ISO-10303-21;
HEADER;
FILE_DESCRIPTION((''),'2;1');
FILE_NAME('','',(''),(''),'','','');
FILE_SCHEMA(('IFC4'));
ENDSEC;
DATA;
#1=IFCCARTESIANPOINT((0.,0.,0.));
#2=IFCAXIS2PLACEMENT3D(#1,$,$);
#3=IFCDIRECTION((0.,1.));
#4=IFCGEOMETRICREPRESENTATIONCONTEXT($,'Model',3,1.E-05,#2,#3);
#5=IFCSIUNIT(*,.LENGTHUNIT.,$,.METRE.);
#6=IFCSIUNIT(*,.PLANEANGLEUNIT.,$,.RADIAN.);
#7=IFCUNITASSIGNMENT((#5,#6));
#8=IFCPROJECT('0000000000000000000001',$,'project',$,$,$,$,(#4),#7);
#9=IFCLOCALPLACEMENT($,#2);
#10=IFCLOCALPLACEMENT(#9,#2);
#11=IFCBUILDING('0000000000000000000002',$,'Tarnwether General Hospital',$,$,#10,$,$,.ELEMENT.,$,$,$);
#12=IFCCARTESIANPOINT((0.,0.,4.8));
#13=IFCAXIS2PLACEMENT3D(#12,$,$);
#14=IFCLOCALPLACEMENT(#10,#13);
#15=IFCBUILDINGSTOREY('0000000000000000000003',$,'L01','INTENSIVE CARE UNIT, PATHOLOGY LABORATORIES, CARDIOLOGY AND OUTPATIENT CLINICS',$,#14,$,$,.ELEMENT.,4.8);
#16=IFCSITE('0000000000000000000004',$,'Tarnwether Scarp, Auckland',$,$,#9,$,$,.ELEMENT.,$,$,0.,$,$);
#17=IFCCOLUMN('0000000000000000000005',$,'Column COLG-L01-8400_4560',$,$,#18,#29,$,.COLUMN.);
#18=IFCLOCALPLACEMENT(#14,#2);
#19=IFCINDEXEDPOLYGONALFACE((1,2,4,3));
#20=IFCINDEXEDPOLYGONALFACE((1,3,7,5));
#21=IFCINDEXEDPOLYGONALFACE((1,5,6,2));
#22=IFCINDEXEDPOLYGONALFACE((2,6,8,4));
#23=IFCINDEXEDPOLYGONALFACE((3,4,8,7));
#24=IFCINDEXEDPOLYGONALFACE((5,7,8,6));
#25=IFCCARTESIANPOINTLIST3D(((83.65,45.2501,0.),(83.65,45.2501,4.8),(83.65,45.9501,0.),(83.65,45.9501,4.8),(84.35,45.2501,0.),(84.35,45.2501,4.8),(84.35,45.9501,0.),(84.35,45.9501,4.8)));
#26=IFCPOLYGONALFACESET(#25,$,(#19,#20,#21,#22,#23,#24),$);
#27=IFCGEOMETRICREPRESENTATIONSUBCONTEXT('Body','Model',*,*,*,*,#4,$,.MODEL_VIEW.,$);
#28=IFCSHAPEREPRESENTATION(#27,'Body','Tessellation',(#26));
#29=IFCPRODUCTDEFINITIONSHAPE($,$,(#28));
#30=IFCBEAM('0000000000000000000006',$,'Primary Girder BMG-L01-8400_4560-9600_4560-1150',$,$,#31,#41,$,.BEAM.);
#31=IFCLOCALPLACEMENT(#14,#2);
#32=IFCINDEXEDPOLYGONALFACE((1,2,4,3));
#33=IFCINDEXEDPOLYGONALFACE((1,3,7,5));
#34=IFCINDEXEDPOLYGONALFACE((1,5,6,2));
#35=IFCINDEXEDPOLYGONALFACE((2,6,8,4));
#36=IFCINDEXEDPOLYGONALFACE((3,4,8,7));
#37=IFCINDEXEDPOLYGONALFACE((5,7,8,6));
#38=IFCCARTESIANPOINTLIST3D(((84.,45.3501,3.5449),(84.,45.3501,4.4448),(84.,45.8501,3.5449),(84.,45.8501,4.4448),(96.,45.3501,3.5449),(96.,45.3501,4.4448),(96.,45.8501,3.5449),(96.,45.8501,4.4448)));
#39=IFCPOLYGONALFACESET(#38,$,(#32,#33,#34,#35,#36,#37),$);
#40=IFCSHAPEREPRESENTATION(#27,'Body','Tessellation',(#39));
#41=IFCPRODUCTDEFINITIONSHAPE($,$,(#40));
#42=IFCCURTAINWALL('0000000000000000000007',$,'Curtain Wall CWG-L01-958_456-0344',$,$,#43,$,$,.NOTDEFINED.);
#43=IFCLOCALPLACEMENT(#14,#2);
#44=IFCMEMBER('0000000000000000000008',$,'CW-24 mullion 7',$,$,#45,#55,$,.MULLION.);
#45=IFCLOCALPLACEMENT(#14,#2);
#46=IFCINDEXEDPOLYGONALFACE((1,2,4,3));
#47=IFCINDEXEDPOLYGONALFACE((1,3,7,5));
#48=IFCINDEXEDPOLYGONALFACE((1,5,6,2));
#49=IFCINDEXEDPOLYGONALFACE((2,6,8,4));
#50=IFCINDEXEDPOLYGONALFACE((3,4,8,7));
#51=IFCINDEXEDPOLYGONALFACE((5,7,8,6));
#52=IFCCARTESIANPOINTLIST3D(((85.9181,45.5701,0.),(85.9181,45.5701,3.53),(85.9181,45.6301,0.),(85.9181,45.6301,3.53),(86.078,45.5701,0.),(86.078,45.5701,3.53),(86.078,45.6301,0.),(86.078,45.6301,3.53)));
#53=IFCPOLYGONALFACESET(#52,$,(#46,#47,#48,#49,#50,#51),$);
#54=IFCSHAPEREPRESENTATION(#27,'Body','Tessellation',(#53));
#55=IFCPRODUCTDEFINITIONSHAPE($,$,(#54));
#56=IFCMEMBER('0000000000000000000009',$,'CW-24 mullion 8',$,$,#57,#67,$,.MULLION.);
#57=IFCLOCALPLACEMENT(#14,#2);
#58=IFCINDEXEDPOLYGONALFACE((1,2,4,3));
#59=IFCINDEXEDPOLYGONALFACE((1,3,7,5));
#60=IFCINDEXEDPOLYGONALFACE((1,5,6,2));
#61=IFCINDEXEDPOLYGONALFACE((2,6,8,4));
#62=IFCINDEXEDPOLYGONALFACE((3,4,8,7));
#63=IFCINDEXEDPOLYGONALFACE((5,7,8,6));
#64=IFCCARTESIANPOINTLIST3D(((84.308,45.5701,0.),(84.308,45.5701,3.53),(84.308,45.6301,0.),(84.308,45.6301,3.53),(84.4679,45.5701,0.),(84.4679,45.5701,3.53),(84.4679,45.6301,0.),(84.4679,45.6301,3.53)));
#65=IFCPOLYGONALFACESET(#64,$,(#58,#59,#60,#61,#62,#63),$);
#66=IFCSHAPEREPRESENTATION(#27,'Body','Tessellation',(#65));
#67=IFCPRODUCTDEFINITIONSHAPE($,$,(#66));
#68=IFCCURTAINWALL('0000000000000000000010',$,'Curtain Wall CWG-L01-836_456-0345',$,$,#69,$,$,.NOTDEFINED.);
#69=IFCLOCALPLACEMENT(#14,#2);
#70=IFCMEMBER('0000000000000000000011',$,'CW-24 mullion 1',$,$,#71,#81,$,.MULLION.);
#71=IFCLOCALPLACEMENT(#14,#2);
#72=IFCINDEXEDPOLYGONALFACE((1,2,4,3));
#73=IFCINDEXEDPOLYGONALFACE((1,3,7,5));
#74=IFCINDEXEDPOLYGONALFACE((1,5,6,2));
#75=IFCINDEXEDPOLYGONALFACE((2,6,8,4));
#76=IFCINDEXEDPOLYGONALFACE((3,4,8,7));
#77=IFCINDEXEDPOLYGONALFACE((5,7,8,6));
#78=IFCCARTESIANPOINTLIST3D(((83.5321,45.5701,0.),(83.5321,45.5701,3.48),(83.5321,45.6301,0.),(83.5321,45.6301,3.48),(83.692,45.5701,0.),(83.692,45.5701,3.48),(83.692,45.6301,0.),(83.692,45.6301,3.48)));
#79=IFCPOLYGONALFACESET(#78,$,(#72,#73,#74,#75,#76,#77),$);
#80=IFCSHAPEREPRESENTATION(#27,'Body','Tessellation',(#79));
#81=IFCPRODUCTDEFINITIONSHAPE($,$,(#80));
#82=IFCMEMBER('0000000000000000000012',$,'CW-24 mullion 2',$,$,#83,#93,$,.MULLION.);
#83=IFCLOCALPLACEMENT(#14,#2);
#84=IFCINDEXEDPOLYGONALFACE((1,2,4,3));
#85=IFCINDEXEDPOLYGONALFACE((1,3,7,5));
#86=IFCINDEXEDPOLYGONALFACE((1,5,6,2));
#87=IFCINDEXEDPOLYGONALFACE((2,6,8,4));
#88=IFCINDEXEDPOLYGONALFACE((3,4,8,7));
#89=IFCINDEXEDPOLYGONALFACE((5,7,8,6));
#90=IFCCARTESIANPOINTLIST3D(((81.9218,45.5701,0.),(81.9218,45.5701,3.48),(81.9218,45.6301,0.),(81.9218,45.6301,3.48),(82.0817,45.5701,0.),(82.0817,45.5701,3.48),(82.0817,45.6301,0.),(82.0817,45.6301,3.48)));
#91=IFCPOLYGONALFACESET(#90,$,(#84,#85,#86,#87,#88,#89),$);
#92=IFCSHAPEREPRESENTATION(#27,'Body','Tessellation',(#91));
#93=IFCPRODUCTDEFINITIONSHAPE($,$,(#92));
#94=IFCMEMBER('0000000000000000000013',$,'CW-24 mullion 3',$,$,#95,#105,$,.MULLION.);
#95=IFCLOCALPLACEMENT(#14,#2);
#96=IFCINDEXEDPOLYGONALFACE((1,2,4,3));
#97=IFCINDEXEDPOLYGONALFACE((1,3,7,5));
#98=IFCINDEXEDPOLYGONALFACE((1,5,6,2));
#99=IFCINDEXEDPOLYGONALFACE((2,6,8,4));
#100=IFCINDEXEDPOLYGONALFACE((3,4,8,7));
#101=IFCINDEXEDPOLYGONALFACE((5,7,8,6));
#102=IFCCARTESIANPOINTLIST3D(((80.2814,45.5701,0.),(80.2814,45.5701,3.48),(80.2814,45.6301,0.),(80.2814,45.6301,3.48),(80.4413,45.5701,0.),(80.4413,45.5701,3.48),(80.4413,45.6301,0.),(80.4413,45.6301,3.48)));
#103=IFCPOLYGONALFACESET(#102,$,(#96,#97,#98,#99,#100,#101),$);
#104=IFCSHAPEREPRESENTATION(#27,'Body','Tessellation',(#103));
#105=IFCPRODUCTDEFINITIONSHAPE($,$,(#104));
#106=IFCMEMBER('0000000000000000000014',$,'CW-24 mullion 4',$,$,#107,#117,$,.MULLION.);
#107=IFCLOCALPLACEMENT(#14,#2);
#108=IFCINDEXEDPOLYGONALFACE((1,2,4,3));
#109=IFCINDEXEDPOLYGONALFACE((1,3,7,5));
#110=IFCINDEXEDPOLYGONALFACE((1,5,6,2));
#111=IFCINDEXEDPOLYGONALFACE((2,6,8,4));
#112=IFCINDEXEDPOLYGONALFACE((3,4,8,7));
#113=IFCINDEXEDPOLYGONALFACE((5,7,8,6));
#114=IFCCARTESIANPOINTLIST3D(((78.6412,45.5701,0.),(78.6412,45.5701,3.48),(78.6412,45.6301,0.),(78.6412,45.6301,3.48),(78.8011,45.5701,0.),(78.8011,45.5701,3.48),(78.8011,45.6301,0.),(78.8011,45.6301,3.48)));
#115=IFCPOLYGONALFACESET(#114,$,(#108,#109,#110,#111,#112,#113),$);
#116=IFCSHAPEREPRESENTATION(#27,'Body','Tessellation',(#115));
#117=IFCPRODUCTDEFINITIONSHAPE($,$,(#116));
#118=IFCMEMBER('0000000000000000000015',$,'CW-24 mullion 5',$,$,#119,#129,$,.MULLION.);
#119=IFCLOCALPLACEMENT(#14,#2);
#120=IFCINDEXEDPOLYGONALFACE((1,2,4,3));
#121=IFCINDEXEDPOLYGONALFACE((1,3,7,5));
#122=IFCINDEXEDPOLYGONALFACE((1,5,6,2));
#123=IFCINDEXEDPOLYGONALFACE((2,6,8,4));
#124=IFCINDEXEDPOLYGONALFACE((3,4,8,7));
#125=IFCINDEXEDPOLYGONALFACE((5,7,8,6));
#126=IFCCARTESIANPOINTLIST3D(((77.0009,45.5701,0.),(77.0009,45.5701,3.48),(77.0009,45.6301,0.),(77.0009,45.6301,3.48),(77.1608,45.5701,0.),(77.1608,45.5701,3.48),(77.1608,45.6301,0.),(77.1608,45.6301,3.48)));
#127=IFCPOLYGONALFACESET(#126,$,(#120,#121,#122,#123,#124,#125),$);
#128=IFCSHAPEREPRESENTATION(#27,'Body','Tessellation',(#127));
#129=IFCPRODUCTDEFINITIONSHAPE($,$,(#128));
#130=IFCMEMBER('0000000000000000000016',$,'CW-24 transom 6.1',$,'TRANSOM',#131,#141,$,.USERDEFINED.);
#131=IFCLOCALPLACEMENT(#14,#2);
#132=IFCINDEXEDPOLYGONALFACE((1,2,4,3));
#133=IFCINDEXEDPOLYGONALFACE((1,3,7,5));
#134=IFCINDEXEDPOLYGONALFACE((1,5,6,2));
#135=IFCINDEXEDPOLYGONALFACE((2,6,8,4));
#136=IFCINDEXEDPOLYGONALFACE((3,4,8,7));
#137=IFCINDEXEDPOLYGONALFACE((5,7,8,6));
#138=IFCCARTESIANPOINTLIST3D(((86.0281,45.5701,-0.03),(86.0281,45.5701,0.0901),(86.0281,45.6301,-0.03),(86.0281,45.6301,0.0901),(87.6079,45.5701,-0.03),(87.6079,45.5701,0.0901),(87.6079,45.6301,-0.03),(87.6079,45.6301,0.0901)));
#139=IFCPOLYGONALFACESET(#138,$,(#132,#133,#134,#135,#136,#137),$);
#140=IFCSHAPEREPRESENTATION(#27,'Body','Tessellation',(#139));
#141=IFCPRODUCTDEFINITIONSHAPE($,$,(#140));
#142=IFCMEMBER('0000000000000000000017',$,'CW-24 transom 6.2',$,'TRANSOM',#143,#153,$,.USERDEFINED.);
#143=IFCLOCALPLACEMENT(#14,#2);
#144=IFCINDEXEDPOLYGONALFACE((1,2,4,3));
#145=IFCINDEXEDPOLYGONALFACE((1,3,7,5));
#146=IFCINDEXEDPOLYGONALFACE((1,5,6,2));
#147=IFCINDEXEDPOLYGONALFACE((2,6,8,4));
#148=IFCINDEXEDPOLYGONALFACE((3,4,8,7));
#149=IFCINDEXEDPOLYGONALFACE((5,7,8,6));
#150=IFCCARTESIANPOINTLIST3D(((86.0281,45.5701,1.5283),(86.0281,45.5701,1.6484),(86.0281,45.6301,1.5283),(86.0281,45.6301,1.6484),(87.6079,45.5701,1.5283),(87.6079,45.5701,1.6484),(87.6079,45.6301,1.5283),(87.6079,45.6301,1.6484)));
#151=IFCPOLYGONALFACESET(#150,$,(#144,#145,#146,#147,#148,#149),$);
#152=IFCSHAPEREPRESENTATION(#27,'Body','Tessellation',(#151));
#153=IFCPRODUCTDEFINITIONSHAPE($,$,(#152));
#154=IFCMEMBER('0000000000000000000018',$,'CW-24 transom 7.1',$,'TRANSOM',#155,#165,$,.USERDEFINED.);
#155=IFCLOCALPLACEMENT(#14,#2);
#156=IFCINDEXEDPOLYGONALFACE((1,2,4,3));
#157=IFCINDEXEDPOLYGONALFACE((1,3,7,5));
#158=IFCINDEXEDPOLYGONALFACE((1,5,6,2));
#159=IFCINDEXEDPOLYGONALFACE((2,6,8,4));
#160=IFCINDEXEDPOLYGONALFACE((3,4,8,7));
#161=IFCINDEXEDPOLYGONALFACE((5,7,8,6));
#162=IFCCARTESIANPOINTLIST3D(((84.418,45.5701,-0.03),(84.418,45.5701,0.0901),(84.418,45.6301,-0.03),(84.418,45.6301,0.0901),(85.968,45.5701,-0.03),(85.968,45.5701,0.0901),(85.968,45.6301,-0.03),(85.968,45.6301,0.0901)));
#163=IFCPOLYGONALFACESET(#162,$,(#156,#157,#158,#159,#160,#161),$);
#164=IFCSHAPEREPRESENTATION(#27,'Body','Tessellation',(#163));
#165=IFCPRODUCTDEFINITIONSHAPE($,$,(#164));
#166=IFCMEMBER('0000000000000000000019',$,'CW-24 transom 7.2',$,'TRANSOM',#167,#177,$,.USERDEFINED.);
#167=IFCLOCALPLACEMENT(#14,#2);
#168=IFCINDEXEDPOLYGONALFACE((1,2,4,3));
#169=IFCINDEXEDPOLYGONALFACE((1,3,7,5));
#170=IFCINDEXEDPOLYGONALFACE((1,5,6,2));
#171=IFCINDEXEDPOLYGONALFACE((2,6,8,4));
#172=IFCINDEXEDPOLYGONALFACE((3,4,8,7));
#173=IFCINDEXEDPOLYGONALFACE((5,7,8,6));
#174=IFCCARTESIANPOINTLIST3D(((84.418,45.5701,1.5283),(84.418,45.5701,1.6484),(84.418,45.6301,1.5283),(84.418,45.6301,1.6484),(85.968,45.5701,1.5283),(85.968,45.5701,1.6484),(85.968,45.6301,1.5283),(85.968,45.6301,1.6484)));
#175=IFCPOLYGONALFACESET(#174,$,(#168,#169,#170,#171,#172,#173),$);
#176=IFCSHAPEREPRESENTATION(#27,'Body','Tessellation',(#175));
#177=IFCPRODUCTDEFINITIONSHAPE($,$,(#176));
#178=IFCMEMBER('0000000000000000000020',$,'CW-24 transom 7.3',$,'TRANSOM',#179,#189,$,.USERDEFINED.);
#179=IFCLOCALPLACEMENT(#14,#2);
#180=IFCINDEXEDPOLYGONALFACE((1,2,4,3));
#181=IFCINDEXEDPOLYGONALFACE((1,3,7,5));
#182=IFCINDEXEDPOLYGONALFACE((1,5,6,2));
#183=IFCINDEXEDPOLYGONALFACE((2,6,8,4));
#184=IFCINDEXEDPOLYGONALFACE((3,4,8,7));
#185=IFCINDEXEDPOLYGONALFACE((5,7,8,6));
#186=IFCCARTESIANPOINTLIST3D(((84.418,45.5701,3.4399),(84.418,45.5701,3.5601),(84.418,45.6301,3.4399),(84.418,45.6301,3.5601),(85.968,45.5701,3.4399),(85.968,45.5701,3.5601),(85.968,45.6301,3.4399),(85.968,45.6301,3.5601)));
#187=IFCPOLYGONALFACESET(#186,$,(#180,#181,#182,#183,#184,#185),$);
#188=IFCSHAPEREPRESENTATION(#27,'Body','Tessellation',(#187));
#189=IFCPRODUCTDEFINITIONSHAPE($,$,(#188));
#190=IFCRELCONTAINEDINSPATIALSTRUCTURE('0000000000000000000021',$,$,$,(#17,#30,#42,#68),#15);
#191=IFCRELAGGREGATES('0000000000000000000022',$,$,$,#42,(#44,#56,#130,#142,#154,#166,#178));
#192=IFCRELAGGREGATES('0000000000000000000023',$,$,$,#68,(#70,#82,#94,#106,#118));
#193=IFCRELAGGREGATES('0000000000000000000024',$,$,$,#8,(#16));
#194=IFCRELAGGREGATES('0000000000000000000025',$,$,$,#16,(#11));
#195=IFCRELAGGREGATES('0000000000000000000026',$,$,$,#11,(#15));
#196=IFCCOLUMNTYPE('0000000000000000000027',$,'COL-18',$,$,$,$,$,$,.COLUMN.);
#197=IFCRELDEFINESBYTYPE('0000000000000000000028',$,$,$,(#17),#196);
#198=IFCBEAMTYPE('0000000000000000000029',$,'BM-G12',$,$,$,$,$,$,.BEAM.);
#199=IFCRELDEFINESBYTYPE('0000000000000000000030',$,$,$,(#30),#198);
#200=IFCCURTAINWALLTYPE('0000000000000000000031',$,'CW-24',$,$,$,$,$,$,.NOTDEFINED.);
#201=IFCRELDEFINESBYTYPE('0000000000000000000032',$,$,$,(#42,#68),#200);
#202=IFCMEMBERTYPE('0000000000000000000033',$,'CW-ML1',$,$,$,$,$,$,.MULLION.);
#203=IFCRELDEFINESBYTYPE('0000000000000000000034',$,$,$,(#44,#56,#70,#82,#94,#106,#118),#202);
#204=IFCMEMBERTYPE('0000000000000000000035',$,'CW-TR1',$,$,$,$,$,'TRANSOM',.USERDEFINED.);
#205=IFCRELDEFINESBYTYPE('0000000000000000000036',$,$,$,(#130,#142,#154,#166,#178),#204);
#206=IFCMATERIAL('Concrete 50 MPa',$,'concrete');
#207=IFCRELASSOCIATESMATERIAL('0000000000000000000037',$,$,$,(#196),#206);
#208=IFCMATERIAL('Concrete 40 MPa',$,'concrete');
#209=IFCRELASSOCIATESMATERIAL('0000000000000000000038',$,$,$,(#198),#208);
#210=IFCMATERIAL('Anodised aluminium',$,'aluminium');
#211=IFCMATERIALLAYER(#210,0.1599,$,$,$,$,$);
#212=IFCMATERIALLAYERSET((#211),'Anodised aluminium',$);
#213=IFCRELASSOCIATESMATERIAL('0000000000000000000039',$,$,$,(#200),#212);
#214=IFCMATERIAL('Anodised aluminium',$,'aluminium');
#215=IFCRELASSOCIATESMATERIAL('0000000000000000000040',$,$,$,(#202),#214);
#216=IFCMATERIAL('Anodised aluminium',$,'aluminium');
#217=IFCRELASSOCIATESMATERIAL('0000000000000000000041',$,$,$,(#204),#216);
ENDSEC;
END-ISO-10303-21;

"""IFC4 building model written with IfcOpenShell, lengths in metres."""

from ifc_helpers import new_model, si_unit, direction, frame, origin, origin_2d, place, context, subcontext, project, spatial, rectangle, extrude, material, layer, layer_set, material_profile, profile_set, type_object, element, aggregate, save


model = new_model("IFC4")

# Units and contexts
model_context = context("Model", 3, precision=1e-05, world=origin(), true_north=direction((0.0, 1.0)))
body_context = subcontext(model_context, "Body", "Model", "MODEL_VIEW")
ifc_project = project(units=[si_unit("LENGTHUNIT", "METRE"), si_unit("PLANEANGLEUNIT", "RADIAN")], contexts=[model_context])

# Site, building, storey
site_placement = place(None, origin())
site = spatial("IfcSite", under=ifc_project, at=site_placement, Name="Tarnwether Scarp, Auckland", CompositionType="ELEMENT", RefElevation=0.0)
building_placement = place(site_placement, origin())
building = spatial("IfcBuilding", under=site, at=building_placement, Name="Tarnwether General Hospital", CompositionType="ELEMENT")
storey_placement = place(building_placement, frame((0.0, 0.0, 4.8)))
storey = spatial("IfcBuildingStorey", under=building, at=storey_placement, Name="L01", Description="INTENSIVE CARE UNIT, PATHOLOGY LABORATORIES, CARDIOLOGY AND OUTPATIENT CLINICS", CompositionType="ELEMENT", Elevation=4.8)

# Column
ifc_material_1 = material(Name="Concrete 50 MPa", Category="concrete")
ifc_material_profile_1 = material_profile(ifc_material_1, rectangle(XDim=0.7, YDim=0.7, at=origin_2d()), Name="RC-COL-700x700")
ifc_profile_set_1 = profile_set([ifc_material_profile_1], Name="Concrete 50 MPa")
column_type = type_object("IfcColumnType", Name="COL-18", PredefinedType="COLUMN", material=ifc_profile_set_1)
column_placement = place(storey_placement, frame((84.0, 45.6001, 0.0), z_axis=(0.0, 0.0, 1.0), x_axis=(0.0, 1.0, 0.0)))
element("IfcColumn", 1, at=column_placement, inside=storey, type_object=column_type, Name="Column COLG-L01-8400_4560", PredefinedType="COLUMN", context=body_context, shape_type="SweptSolid", body=[
    extrude(rectangle(XDim=0.7, YDim=0.7, at=origin_2d()), origin(), (0.0, 0.0, 1.0), 4.8),
])

# Beam
ifc_material_2 = material(Name="Concrete 40 MPa", Category="concrete")
ifc_material_profile_2 = material_profile(ifc_material_2, rectangle(XDim=0.5, YDim=0.8999, at=origin_2d()), Name="RC-BM-500x900")
ifc_profile_set_2 = profile_set([ifc_material_profile_2], Name="Concrete 40 MPa")
beam_type = type_object("IfcBeamType", Name="BM-G12", PredefinedType="BEAM", material=ifc_profile_set_2)
beam_placement = place(storey_placement, frame((84.0, 45.6001, 3.9949), z_axis=(1.0, 0.0, 0.0), x_axis=(0.0, 1.0, 0.0)))
element("IfcBeam", 2, at=beam_placement, inside=storey, type_object=beam_type, Name="Primary Girder BMG-L01-8400_4560-9600_4560-1150", PredefinedType="BEAM", context=body_context, shape_type="SweptSolid", body=[
    extrude(rectangle(XDim=0.5, YDim=0.8999, at=origin_2d()), origin(), (0.0, 0.0, 1.0), 12.0),
])

# Curtain walls, members
ifc_material_3 = material(Name="Anodised aluminium", Category="aluminium")
ifc_layer_1 = layer(ifc_material_3, 0.1599)
ifc_layer_set_1 = layer_set([ifc_layer_1], Name="Anodised aluminium")
curtain_wall_type = type_object("IfcCurtainWallType", Name="CW-24", PredefinedType="NOTDEFINED", material=ifc_layer_set_1)
curtain_wall_1_placement = place(storey_placement, origin())
curtain_wall_1 = element("IfcCurtainWall", 3, at=curtain_wall_1_placement, inside=storey, type_object=curtain_wall_type, Name="Curtain Wall CWG-L01-958_456-0344", PredefinedType="NOTDEFINED")
ifc_material_4 = material(Name="Anodised aluminium", Category="aluminium")
ifc_material_profile_3 = material_profile(ifc_material_4, rectangle(XDim=0.0601, YDim=0.1599, at=origin_2d()), Name="ALU-MUL-60x160")
ifc_profile_set_3 = profile_set([ifc_material_profile_3], Name="Anodised aluminium")
member_type_1 = type_object("IfcMemberType", Name="CW-ML1", PredefinedType="MULLION", material=ifc_profile_set_3)
member_1_placement = place(storey_placement, frame((85.998, 45.6001, 0.0), z_axis=(0.0, 0.0, 1.0), x_axis=(0.0, -1.0, 0.0)))
member_1 = element("IfcMember", 4, at=member_1_placement, type_object=member_type_1, Name="CW-24 mullion 7", PredefinedType="MULLION", context=body_context, shape_type="SweptSolid", body=[
    extrude(rectangle(XDim=0.0601, YDim=0.1599, at=origin_2d()), origin(), (0.0, 0.0, 1.0), 3.53),
])
member_2_placement = place(storey_placement, frame((84.3879, 45.6001, 0.0), z_axis=(0.0, 0.0, 1.0), x_axis=(0.0, -1.0, 0.0)))
member_2 = element("IfcMember", 5, at=member_2_placement, type_object=member_type_1, Name="CW-24 mullion 8", PredefinedType="MULLION", context=body_context, shape_type="SweptSolid", body=[
    extrude(rectangle(XDim=0.0601, YDim=0.1599, at=origin_2d()), origin(), (0.0, 0.0, 1.0), 3.53),
])
curtain_wall_2_placement = place(storey_placement, origin())
curtain_wall_2 = element("IfcCurtainWall", 6, at=curtain_wall_2_placement, inside=storey, type_object=curtain_wall_type, Name="Curtain Wall CWG-L01-836_456-0345", PredefinedType="NOTDEFINED")
member_3_placement = place(storey_placement, frame((83.6121, 45.6001, 0.0), z_axis=(0.0, 0.0, 1.0), x_axis=(0.0, -1.0, 0.0)))
member_3 = element("IfcMember", 7, at=member_3_placement, type_object=member_type_1, Name="CW-24 mullion 1", PredefinedType="MULLION", context=body_context, shape_type="SweptSolid", body=[
    extrude(rectangle(XDim=0.0601, YDim=0.1599, at=origin_2d()), origin(), (0.0, 0.0, 1.0), 3.48),
])
member_4_placement = place(storey_placement, frame((82.0017, 45.6001, 0.0), z_axis=(0.0, 0.0, 1.0), x_axis=(0.0, -1.0, 0.0)))
member_4 = element("IfcMember", 8, at=member_4_placement, type_object=member_type_1, Name="CW-24 mullion 2", PredefinedType="MULLION", context=body_context, shape_type="SweptSolid", body=[
    extrude(rectangle(XDim=0.0601, YDim=0.1599, at=origin_2d()), origin(), (0.0, 0.0, 1.0), 3.48),
])
member_5_placement = place(storey_placement, frame((80.3613, 45.6001, 0.0), z_axis=(0.0, 0.0, 1.0), x_axis=(0.0, -1.0, 0.0)))
member_5 = element("IfcMember", 9, at=member_5_placement, type_object=member_type_1, Name="CW-24 mullion 3", PredefinedType="MULLION", context=body_context, shape_type="SweptSolid", body=[
    extrude(rectangle(XDim=0.0601, YDim=0.1599, at=origin_2d()), origin(), (0.0, 0.0, 1.0), 3.48),
])
member_6_placement = place(storey_placement, frame((78.7212, 45.6001, 0.0), z_axis=(0.0, 0.0, 1.0), x_axis=(0.0, -1.0, 0.0)))
member_6 = element("IfcMember", 10, at=member_6_placement, type_object=member_type_1, Name="CW-24 mullion 4", PredefinedType="MULLION", context=body_context, shape_type="SweptSolid", body=[
    extrude(rectangle(XDim=0.0601, YDim=0.1599, at=origin_2d()), origin(), (0.0, 0.0, 1.0), 3.48),
])
member_7_placement = place(storey_placement, frame((77.0808, 45.6001, 0.0), z_axis=(0.0, 0.0, 1.0), x_axis=(0.0, -1.0, 0.0)))
member_7 = element("IfcMember", 11, at=member_7_placement, type_object=member_type_1, Name="CW-24 mullion 5", PredefinedType="MULLION", context=body_context, shape_type="SweptSolid", body=[
    extrude(rectangle(XDim=0.0601, YDim=0.1599, at=origin_2d()), origin(), (0.0, 0.0, 1.0), 3.48),
])

# Members
ifc_material_5 = material(Name="Anodised aluminium", Category="aluminium")
ifc_material_profile_4 = material_profile(ifc_material_5, rectangle(XDim=0.0601, YDim=0.1201, at=origin_2d()), Name="ALU-TRN-60x120")
ifc_profile_set_4 = profile_set([ifc_material_profile_4], Name="Anodised aluminium")
member_type_2 = type_object("IfcMemberType", Name="CW-TR1", ElementType="TRANSOM", PredefinedType="USERDEFINED", material=ifc_profile_set_4)
member_8_placement = place(storey_placement, frame((87.6079, 45.6001, 0.03), z_axis=(-1.0, 0.0, 0.0), x_axis=(0.0, -1.0, 0.0)))
member_8 = element("IfcMember", 12, at=member_8_placement, type_object=member_type_2, Name="CW-24 transom 6.1", ObjectType="TRANSOM", PredefinedType="USERDEFINED", context=body_context, shape_type="SweptSolid", body=[
    extrude(rectangle(XDim=0.0601, YDim=0.1201, at=origin_2d()), origin(), (0.0, 0.0, 1.0), 1.5798),
])
member_9_placement = place(storey_placement, frame((87.6079, 45.6001, 1.5884), z_axis=(-1.0, 0.0, 0.0), x_axis=(0.0, -1.0, 0.0)))
member_9 = element("IfcMember", 13, at=member_9_placement, type_object=member_type_2, Name="CW-24 transom 6.2", ObjectType="TRANSOM", PredefinedType="USERDEFINED", context=body_context, shape_type="SweptSolid", body=[
    extrude(rectangle(XDim=0.0601, YDim=0.1201, at=origin_2d()), origin(), (0.0, 0.0, 1.0), 1.5798),
])
member_10_placement = place(storey_placement, frame((85.968, 45.6001, 0.03), z_axis=(-1.0, 0.0, 0.0), x_axis=(0.0, -1.0, 0.0)))
member_10 = element("IfcMember", 14, at=member_10_placement, type_object=member_type_2, Name="CW-24 transom 7.1", ObjectType="TRANSOM", PredefinedType="USERDEFINED", context=body_context, shape_type="SweptSolid", body=[
    extrude(rectangle(XDim=0.0601, YDim=0.1201, at=origin_2d()), origin(), (0.0, 0.0, 1.0), 1.55),
])
member_11_placement = place(storey_placement, frame((85.968, 45.6001, 1.5884), z_axis=(-1.0, 0.0, 0.0), x_axis=(0.0, -1.0, 0.0)))
member_11 = element("IfcMember", 15, at=member_11_placement, type_object=member_type_2, Name="CW-24 transom 7.2", ObjectType="TRANSOM", PredefinedType="USERDEFINED", context=body_context, shape_type="SweptSolid", body=[
    extrude(rectangle(XDim=0.0601, YDim=0.1201, at=origin_2d()), origin(), (0.0, 0.0, 1.0), 1.55),
])
member_12_placement = place(storey_placement, frame((85.968, 45.6001, 3.5), z_axis=(-1.0, 0.0, 0.0), x_axis=(0.0, -1.0, 0.0)))
member_12 = element("IfcMember", 16, at=member_12_placement, type_object=member_type_2, Name="CW-24 transom 7.3", ObjectType="TRANSOM", PredefinedType="USERDEFINED", context=body_context, shape_type="SweptSolid", body=[
    extrude(rectangle(XDim=0.0601, YDim=0.1201, at=origin_2d()), origin(), (0.0, 0.0, 1.0), 1.55),
])

aggregate(curtain_wall_1, [member_1, member_2, member_8, member_9, member_10, member_11, member_12])
aggregate(curtain_wall_2, [member_3, member_4, member_5, member_6, member_7])

save(model, "model.ifc")
